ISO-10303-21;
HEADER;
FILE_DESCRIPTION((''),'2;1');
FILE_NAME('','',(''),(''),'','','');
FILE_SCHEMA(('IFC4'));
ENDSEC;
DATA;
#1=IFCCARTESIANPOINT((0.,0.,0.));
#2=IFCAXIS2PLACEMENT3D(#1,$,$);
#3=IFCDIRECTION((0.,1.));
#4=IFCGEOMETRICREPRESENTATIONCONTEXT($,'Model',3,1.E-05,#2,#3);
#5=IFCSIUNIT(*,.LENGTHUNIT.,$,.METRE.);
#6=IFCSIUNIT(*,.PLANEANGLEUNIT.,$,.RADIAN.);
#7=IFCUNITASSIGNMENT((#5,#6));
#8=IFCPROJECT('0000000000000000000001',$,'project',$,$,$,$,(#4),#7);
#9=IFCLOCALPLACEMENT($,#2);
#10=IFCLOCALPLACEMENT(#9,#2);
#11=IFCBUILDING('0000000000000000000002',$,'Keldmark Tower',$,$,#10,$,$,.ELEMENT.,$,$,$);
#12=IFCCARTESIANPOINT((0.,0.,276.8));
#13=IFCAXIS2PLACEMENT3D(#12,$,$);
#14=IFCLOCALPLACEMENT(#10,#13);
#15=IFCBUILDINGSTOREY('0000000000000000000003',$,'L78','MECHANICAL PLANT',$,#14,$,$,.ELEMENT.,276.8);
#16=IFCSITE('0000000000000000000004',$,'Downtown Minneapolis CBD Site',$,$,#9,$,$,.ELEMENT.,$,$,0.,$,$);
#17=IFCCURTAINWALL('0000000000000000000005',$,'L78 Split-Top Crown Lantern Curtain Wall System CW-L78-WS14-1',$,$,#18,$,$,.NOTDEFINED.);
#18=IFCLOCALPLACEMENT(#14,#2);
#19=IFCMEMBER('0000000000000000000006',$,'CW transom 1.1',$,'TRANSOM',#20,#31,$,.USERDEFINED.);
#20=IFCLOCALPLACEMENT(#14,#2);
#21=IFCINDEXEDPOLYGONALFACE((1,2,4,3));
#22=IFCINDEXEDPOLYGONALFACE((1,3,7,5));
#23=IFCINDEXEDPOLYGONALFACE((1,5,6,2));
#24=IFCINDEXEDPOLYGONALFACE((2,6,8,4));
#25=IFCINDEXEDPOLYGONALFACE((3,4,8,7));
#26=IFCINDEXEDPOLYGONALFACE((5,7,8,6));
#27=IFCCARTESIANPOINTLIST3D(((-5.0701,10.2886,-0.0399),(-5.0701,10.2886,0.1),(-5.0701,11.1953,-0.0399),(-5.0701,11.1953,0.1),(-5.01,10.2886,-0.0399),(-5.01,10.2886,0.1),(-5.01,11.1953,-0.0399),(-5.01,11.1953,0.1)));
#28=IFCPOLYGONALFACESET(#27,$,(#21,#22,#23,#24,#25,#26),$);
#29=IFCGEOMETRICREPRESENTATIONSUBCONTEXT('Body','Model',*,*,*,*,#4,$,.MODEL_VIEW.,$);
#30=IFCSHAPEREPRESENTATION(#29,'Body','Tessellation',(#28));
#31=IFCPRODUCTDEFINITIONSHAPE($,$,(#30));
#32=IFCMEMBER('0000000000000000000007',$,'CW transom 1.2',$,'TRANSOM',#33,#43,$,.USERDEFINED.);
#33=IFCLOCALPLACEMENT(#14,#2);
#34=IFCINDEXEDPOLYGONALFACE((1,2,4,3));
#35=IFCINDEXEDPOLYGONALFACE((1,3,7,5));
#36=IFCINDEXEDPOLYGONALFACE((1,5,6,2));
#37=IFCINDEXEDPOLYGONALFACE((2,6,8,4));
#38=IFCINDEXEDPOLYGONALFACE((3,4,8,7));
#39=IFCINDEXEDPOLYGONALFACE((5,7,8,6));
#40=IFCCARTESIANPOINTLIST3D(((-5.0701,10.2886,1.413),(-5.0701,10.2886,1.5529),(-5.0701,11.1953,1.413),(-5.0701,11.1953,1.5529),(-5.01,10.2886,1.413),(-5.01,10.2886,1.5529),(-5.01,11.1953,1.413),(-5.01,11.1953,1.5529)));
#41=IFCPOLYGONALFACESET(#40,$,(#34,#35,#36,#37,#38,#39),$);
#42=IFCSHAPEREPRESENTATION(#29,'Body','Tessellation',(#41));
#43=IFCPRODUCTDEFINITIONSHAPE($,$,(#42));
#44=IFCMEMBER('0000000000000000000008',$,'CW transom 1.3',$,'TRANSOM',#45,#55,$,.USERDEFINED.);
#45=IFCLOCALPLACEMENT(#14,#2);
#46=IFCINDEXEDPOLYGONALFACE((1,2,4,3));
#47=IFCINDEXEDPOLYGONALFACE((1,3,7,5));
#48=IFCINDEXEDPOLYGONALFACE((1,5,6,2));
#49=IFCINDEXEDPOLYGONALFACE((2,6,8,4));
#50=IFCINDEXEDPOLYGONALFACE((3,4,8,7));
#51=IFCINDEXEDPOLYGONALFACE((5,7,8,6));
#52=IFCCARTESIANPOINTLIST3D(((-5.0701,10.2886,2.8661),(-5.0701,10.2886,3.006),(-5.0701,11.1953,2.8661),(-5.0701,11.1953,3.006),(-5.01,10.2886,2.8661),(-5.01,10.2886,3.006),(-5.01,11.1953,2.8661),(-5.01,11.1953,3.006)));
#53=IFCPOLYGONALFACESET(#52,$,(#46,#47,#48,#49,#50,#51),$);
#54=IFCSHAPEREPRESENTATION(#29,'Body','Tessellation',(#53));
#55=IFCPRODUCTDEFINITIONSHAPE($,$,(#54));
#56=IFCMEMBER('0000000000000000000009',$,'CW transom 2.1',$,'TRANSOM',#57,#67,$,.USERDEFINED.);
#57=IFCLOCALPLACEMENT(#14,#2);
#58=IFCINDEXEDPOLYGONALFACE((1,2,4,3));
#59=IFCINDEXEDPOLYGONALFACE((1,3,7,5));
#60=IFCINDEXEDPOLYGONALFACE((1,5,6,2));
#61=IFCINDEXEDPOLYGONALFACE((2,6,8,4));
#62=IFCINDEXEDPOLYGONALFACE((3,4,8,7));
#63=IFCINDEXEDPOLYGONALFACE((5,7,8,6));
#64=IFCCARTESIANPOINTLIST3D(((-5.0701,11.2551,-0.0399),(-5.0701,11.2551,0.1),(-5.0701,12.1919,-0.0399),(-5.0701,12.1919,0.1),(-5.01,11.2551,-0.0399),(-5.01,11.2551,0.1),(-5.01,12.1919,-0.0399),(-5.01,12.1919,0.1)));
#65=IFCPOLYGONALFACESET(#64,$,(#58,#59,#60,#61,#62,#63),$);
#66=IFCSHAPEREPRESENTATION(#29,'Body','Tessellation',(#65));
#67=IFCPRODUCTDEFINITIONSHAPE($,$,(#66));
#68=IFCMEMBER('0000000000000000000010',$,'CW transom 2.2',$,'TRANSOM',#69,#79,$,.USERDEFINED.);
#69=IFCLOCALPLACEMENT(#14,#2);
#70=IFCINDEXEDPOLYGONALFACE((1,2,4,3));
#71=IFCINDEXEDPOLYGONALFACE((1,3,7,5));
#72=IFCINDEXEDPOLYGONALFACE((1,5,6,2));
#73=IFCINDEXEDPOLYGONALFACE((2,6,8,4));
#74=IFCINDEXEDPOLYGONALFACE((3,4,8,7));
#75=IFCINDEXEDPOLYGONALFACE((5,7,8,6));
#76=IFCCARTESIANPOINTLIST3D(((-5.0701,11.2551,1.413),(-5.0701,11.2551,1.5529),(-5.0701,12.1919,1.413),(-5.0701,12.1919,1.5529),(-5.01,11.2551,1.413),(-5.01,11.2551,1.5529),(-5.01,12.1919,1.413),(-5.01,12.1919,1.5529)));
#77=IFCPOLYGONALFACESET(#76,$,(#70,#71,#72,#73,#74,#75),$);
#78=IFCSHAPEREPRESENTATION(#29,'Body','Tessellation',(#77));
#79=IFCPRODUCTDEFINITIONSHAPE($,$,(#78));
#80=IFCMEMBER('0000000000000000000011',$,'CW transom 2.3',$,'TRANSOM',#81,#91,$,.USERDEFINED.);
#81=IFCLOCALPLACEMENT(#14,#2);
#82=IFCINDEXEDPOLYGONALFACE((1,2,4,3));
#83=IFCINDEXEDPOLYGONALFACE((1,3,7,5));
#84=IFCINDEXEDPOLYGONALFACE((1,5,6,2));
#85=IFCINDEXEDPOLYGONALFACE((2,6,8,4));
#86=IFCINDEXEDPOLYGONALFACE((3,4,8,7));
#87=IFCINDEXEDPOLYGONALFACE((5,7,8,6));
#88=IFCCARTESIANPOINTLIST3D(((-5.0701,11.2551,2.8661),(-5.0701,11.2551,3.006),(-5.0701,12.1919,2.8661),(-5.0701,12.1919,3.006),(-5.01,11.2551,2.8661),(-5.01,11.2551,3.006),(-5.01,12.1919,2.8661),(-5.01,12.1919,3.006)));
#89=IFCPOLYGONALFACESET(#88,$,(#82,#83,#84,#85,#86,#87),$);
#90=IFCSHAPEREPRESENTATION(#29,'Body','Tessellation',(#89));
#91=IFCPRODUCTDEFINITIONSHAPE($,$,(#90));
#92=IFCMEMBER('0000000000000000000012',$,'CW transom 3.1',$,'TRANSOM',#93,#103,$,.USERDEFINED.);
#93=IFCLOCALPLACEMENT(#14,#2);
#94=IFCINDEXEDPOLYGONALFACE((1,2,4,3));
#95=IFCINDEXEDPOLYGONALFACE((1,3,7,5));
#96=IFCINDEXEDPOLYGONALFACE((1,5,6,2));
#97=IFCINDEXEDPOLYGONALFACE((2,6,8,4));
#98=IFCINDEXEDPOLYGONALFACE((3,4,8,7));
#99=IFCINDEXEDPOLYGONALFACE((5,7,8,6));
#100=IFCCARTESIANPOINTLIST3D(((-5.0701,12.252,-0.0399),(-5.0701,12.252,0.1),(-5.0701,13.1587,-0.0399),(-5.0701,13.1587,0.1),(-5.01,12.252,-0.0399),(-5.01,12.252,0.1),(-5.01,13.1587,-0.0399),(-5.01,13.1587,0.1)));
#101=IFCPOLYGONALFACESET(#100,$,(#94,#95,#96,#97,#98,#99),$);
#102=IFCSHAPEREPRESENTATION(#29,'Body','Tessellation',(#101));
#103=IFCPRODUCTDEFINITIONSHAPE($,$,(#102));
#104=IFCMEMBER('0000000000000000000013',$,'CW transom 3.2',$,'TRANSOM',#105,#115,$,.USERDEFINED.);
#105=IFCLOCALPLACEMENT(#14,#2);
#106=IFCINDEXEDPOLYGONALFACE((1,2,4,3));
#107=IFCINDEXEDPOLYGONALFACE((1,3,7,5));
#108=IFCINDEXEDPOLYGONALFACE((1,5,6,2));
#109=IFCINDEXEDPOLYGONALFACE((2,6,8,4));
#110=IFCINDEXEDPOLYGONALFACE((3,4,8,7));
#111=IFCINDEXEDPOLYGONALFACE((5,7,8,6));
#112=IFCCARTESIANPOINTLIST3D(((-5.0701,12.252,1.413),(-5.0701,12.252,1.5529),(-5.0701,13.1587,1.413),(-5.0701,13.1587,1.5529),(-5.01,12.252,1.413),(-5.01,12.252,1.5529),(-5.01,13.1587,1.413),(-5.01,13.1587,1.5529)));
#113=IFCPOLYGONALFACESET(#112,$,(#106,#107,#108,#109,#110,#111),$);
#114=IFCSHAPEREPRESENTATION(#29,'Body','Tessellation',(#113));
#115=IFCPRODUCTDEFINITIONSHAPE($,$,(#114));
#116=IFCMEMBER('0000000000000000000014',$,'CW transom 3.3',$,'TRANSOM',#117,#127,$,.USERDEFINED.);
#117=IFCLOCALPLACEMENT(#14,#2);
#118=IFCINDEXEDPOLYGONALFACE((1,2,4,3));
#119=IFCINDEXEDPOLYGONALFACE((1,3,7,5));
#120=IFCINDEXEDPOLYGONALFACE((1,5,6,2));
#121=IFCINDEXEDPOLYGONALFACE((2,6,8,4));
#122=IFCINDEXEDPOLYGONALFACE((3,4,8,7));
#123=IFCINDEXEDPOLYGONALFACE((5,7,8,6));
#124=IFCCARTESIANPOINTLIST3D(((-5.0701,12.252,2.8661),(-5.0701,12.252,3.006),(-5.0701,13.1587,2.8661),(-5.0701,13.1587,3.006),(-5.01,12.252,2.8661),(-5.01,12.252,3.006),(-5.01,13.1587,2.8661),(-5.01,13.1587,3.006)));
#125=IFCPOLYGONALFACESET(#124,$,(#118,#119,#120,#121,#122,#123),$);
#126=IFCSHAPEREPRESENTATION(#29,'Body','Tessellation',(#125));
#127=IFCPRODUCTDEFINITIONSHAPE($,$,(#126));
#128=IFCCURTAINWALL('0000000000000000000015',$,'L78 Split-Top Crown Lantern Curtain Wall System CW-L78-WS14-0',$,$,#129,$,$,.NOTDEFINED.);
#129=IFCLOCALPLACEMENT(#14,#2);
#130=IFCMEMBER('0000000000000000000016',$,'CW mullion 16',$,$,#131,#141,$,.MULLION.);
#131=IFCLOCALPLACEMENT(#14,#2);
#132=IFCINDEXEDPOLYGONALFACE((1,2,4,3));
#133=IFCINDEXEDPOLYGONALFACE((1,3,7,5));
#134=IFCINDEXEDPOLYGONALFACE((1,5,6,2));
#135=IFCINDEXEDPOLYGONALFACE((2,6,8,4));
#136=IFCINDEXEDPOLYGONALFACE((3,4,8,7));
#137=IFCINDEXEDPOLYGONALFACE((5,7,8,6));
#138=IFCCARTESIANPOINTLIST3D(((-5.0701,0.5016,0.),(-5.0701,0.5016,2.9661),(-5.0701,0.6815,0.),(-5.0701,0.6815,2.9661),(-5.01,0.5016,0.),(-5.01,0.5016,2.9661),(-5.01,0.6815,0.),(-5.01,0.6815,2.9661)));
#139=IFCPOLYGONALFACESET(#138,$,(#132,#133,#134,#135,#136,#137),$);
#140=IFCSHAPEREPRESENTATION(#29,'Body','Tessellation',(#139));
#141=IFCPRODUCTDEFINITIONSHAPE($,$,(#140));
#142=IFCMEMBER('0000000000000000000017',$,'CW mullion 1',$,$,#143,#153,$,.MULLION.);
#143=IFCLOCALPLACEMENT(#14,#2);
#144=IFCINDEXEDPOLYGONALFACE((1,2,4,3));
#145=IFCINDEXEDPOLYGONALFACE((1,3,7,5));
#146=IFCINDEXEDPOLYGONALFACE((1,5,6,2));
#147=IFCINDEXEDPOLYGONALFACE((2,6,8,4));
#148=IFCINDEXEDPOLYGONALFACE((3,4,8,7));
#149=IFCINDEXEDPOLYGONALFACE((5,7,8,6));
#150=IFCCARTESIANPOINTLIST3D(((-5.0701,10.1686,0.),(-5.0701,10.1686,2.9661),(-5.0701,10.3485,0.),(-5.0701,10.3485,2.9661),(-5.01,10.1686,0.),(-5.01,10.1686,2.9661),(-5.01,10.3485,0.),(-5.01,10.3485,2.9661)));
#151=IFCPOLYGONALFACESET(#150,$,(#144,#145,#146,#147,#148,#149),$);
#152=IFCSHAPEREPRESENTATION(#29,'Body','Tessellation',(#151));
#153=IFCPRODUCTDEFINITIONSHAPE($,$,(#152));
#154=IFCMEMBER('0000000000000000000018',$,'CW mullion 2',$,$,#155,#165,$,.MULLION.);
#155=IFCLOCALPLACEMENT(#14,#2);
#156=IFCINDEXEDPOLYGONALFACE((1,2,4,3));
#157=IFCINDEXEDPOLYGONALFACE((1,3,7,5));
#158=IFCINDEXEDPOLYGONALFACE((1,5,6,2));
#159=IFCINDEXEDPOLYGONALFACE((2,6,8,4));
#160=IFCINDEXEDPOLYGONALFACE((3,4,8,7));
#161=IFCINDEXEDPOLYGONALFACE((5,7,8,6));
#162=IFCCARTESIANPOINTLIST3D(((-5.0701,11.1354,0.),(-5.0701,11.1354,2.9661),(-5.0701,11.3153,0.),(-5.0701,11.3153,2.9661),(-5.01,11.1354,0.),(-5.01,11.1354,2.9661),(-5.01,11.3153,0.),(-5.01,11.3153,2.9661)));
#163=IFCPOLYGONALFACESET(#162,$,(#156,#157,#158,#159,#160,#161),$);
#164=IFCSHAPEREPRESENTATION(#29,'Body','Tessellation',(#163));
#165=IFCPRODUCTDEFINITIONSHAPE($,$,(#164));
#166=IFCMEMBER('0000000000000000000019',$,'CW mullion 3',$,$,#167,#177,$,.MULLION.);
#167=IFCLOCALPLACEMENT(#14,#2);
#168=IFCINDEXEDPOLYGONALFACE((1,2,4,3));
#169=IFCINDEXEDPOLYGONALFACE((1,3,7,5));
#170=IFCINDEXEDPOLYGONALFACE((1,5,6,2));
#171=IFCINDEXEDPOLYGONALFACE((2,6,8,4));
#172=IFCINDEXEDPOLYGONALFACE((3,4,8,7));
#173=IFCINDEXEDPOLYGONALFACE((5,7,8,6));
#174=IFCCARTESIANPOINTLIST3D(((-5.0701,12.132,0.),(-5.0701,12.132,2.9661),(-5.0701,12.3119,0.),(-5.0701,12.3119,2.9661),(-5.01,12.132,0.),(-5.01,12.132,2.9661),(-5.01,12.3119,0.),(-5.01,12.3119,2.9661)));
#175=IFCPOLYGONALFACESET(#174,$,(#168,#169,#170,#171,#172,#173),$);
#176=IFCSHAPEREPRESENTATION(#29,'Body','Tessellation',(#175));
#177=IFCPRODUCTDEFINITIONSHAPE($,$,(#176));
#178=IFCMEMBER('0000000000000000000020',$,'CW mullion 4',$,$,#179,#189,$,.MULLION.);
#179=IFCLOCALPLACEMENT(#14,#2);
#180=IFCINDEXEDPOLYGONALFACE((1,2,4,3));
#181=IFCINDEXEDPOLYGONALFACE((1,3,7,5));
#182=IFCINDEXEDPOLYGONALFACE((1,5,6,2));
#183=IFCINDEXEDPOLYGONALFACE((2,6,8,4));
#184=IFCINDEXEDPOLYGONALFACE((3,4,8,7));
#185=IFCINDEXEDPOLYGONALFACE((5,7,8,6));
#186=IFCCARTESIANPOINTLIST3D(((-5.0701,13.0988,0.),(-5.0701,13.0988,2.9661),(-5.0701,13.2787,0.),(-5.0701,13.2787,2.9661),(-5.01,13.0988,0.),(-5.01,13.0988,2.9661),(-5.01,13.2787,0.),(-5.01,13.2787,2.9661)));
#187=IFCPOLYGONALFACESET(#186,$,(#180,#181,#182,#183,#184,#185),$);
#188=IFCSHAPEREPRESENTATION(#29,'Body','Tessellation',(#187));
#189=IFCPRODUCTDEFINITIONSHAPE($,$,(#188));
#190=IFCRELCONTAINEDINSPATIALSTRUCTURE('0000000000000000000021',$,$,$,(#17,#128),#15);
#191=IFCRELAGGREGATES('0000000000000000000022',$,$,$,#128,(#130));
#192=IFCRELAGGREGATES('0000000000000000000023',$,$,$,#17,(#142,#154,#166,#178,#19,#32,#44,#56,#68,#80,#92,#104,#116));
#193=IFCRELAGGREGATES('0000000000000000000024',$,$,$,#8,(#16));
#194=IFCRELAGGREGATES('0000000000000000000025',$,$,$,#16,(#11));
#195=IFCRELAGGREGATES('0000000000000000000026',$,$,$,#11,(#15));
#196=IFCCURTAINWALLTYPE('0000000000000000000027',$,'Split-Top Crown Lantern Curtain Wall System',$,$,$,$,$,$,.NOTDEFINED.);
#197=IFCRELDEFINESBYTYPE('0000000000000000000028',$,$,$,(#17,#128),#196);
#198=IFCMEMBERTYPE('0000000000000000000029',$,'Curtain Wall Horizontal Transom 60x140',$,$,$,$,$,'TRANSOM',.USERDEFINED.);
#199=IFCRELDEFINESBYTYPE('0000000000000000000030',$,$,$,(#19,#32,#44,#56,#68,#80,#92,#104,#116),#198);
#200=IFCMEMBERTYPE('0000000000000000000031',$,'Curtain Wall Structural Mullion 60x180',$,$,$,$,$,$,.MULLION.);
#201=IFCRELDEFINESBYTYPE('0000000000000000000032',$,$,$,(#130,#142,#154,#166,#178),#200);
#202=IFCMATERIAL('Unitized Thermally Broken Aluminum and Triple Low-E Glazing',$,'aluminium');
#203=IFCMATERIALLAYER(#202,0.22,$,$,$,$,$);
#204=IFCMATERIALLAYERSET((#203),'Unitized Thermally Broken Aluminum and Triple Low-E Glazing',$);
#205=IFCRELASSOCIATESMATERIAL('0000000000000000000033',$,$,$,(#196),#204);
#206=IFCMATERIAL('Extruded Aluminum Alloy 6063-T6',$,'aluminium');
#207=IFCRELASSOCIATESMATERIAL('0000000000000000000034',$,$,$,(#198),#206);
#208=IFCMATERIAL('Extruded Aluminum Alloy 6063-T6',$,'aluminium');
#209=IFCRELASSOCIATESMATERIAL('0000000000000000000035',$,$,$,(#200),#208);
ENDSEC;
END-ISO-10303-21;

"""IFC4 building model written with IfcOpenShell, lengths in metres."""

from ifc_helpers import new_model, si_unit, direction, frame, origin, origin_2d, place, context, subcontext, project, spatial, rectangle, extrude, material, layer, layer_set, material_profile, profile_set, type_object, element, aggregate, save


model = new_model("IFC4")

# Units and contexts
model_context = context("Model", 3, precision=1e-05, world=origin(), true_north=direction((0.0, 1.0)))
body_context = subcontext(model_context, "Body", "Model", "MODEL_VIEW")
ifc_project = project(units=[si_unit("LENGTHUNIT", "METRE"), si_unit("PLANEANGLEUNIT", "RADIAN")], contexts=[model_context])

# Site, building, storey
site_placement = place(None, origin())
site = spatial("IfcSite", under=ifc_project, at=site_placement, Name="Downtown Minneapolis CBD Site", CompositionType="ELEMENT", RefElevation=0.0)
building_placement = place(site_placement, origin())
building = spatial("IfcBuilding", under=site, at=building_placement, Name="Keldmark Tower", CompositionType="ELEMENT")
storey_placement = place(building_placement, frame((0.0, 0.0, 276.8)))
storey = spatial("IfcBuildingStorey", under=building, at=storey_placement, Name="L78", Description="MECHANICAL PLANT", CompositionType="ELEMENT", Elevation=276.8)

# Curtain wall, members
ifc_material_1 = material(Name="Unitized Thermally Broken Aluminum and Triple Low-E Glazing", Category="aluminium")
ifc_layer_1 = layer(ifc_material_1, 0.22)
ifc_layer_set_1 = layer_set([ifc_layer_1], Name="Unitized Thermally Broken Aluminum and Triple Low-E Glazing")
curtain_wall_type = type_object("IfcCurtainWallType", Name="Split-Top Crown Lantern Curtain Wall System", PredefinedType="NOTDEFINED", material=ifc_layer_set_1)
curtain_wall_1_placement = place(storey_placement, origin())
curtain_wall_1 = element("IfcCurtainWall", 1, at=curtain_wall_1_placement, inside=storey, type_object=curtain_wall_type, Name="L78 Split-Top Crown Lantern Curtain Wall System CW-L78-WS14-1", PredefinedType="NOTDEFINED")
ifc_material_2 = material(Name="Extruded Aluminum Alloy 6063-T6", Category="aluminium")
ifc_material_profile_1 = material_profile(ifc_material_2, rectangle(XDim=0.0601, YDim=0.1399, at=origin_2d()), Name="CWT60X140")
ifc_profile_set_1 = profile_set([ifc_material_profile_1], Name="Extruded Aluminum Alloy 6063-T6")
member_type_1 = type_object("IfcMemberType", Name="Curtain Wall Horizontal Transom 60x140", ElementType="TRANSOM", PredefinedType="USERDEFINED", material=ifc_profile_set_1)
member_1_placement = place(storey_placement, frame((-5.04, 10.2886, 0.03), z_axis=(0.0, 1.0, 0.0), x_axis=(-1.0, 0.0, 0.0)))
member_1 = element("IfcMember", 2, at=member_1_placement, type_object=member_type_1, Name="CW transom 1.1", ObjectType="TRANSOM", PredefinedType="USERDEFINED", context=body_context, shape_type="SweptSolid", body=[
    extrude(rectangle(XDim=0.0601, YDim=0.1399, at=origin_2d()), origin(), (0.0, 0.0, 1.0), 0.9067),
])
member_2_placement = place(storey_placement, frame((-5.04, 10.2886, 1.4829), z_axis=(0.0, 1.0, 0.0), x_axis=(-1.0, 0.0, 0.0)))
member_2 = element("IfcMember", 3, at=member_2_placement, type_object=member_type_1, Name="CW transom 1.2", ObjectType="TRANSOM", PredefinedType="USERDEFINED", context=body_context, shape_type="SweptSolid", body=[
    extrude(rectangle(XDim=0.0601, YDim=0.1399, at=origin_2d()), origin(), (0.0, 0.0, 1.0), 0.9067),
])
member_3_placement = place(storey_placement, frame((-5.04, 10.2886, 2.936), z_axis=(0.0, 1.0, 0.0), x_axis=(-1.0, 0.0, 0.0)))
member_3 = element("IfcMember", 4, at=member_3_placement, type_object=member_type_1, Name="CW transom 1.3", ObjectType="TRANSOM", PredefinedType="USERDEFINED", context=body_context, shape_type="SweptSolid", body=[
    extrude(rectangle(XDim=0.0601, YDim=0.1399, at=origin_2d()), origin(), (0.0, 0.0, 1.0), 0.9067),
])
member_4_placement = place(storey_placement, frame((-5.04, 11.2551, 0.03), z_axis=(0.0, 1.0, 0.0), x_axis=(-1.0, 0.0, 0.0)))
member_4 = element("IfcMember", 5, at=member_4_placement, type_object=member_type_1, Name="CW transom 2.1", ObjectType="TRANSOM", PredefinedType="USERDEFINED", context=body_context, shape_type="SweptSolid", body=[
    extrude(rectangle(XDim=0.0601, YDim=0.1399, at=origin_2d()), origin(), (0.0, 0.0, 1.0), 0.9368),
])
member_5_placement = place(storey_placement, frame((-5.04, 11.2551, 1.4829), z_axis=(0.0, 1.0, 0.0), x_axis=(-1.0, 0.0, 0.0)))
member_5 = element("IfcMember", 6, at=member_5_placement, type_object=member_type_1, Name="CW transom 2.2", ObjectType="TRANSOM", PredefinedType="USERDEFINED", context=body_context, shape_type="SweptSolid", body=[
    extrude(rectangle(XDim=0.0601, YDim=0.1399, at=origin_2d()), origin(), (0.0, 0.0, 1.0), 0.9368),
])
member_6_placement = place(storey_placement, frame((-5.04, 11.2551, 2.936), z_axis=(0.0, 1.0, 0.0), x_axis=(-1.0, 0.0, 0.0)))
member_6 = element("IfcMember", 7, at=member_6_placement, type_object=member_type_1, Name="CW transom 2.3", ObjectType="TRANSOM", PredefinedType="USERDEFINED", context=body_context, shape_type="SweptSolid", body=[
    extrude(rectangle(XDim=0.0601, YDim=0.1399, at=origin_2d()), origin(), (0.0, 0.0, 1.0), 0.9368),
])
member_7_placement = place(storey_placement, frame((-5.04, 12.252, 0.03), z_axis=(0.0, 1.0, 0.0), x_axis=(-1.0, 0.0, 0.0)))
member_7 = element("IfcMember", 8, at=member_7_placement, type_object=member_type_1, Name="CW transom 3.1", ObjectType="TRANSOM", PredefinedType="USERDEFINED", context=body_context, shape_type="SweptSolid", body=[
    extrude(rectangle(XDim=0.0601, YDim=0.1399, at=origin_2d()), origin(), (0.0, 0.0, 1.0), 0.9067),
])
member_8_placement = place(storey_placement, frame((-5.04, 12.252, 1.4829), z_axis=(0.0, 1.0, 0.0), x_axis=(-1.0, 0.0, 0.0)))
member_8 = element("IfcMember", 9, at=member_8_placement, type_object=member_type_1, Name="CW transom 3.2", ObjectType="TRANSOM", PredefinedType="USERDEFINED", context=body_context, shape_type="SweptSolid", body=[
    extrude(rectangle(XDim=0.0601, YDim=0.1399, at=origin_2d()), origin(), (0.0, 0.0, 1.0), 0.9067),
])
member_9_placement = place(storey_placement, frame((-5.04, 12.252, 2.936), z_axis=(0.0, 1.0, 0.0), x_axis=(-1.0, 0.0, 0.0)))
member_9 = element("IfcMember", 10, at=member_9_placement, type_object=member_type_1, Name="CW transom 3.3", ObjectType="TRANSOM", PredefinedType="USERDEFINED", context=body_context, shape_type="SweptSolid", body=[
    extrude(rectangle(XDim=0.0601, YDim=0.1399, at=origin_2d()), origin(), (0.0, 0.0, 1.0), 0.9067),
])

# Curtain wall, member
curtain_wall_2_placement = place(storey_placement, origin())
curtain_wall_2 = element("IfcCurtainWall", 11, at=curtain_wall_2_placement, inside=storey, type_object=curtain_wall_type, Name="L78 Split-Top Crown Lantern Curtain Wall System CW-L78-WS14-0", PredefinedType="NOTDEFINED")
ifc_material_3 = material(Name="Extruded Aluminum Alloy 6063-T6", Category="aluminium")
ifc_material_profile_2 = material_profile(ifc_material_3, rectangle(XDim=0.0601, YDim=0.1799, at=origin_2d()), Name="CWM60X180")
ifc_profile_set_2 = profile_set([ifc_material_profile_2], Name="Extruded Aluminum Alloy 6063-T6")
member_type_2 = type_object("IfcMemberType", Name="Curtain Wall Structural Mullion 60x180", PredefinedType="MULLION", material=ifc_profile_set_2)
member_10_placement = place(storey_placement, frame((-5.04, 0.5916, 0.0), z_axis=(0.0, 0.0, 1.0), x_axis=(-1.0, 0.0, 0.0)))
member_10 = element("IfcMember", 12, at=member_10_placement, type_object=member_type_2, Name="CW mullion 16", PredefinedType="MULLION", context=body_context, shape_type="SweptSolid", body=[
    extrude(rectangle(XDim=0.0601, YDim=0.1799, at=origin_2d()), origin(), (0.0, 0.0, 1.0), 2.9661),
])

# Members
member_11_placement = place(storey_placement, frame((-5.04, 10.2585, 0.0), z_axis=(0.0, 0.0, 1.0), x_axis=(-1.0, 0.0, 0.0)))
member_11 = element("IfcMember", 13, at=member_11_placement, type_object=member_type_2, Name="CW mullion 1", PredefinedType="MULLION", context=body_context, shape_type="SweptSolid", body=[
    extrude(rectangle(XDim=0.0601, YDim=0.1799, at=origin_2d()), origin(), (0.0, 0.0, 1.0), 2.9661),
])
member_12_placement = place(storey_placement, frame((-5.04, 11.2253, 0.0), z_axis=(0.0, 0.0, 1.0), x_axis=(-1.0, 0.0, 0.0)))
member_12 = element("IfcMember", 14, at=member_12_placement, type_object=member_type_2, Name="CW mullion 2", PredefinedType="MULLION", context=body_context, shape_type="SweptSolid", body=[
    extrude(rectangle(XDim=0.0601, YDim=0.1799, at=origin_2d()), origin(), (0.0, 0.0, 1.0), 2.9661),
])
member_13_placement = place(storey_placement, frame((-5.04, 12.2219, 0.0), z_axis=(0.0, 0.0, 1.0), x_axis=(-1.0, 0.0, 0.0)))
member_13 = element("IfcMember", 15, at=member_13_placement, type_object=member_type_2, Name="CW mullion 3", PredefinedType="MULLION", context=body_context, shape_type="SweptSolid", body=[
    extrude(rectangle(XDim=0.0601, YDim=0.1799, at=origin_2d()), origin(), (0.0, 0.0, 1.0), 2.9661),
])
member_14_placement = place(storey_placement, frame((-5.04, 13.1887, 0.0), z_axis=(0.0, 0.0, 1.0), x_axis=(-1.0, 0.0, 0.0)))
member_14 = element("IfcMember", 16, at=member_14_placement, type_object=member_type_2, Name="CW mullion 4", PredefinedType="MULLION", context=body_context, shape_type="SweptSolid", body=[
    extrude(rectangle(XDim=0.0601, YDim=0.1799, at=origin_2d()), origin(), (0.0, 0.0, 1.0), 2.9661),
])

aggregate(curtain_wall_2, [member_10])
aggregate(curtain_wall_1, [member_11, member_12, member_13, member_14, member_1, member_2, member_3, member_4, member_5, member_6, member_7, member_8, member_9])

save(model, "model.ifc")
